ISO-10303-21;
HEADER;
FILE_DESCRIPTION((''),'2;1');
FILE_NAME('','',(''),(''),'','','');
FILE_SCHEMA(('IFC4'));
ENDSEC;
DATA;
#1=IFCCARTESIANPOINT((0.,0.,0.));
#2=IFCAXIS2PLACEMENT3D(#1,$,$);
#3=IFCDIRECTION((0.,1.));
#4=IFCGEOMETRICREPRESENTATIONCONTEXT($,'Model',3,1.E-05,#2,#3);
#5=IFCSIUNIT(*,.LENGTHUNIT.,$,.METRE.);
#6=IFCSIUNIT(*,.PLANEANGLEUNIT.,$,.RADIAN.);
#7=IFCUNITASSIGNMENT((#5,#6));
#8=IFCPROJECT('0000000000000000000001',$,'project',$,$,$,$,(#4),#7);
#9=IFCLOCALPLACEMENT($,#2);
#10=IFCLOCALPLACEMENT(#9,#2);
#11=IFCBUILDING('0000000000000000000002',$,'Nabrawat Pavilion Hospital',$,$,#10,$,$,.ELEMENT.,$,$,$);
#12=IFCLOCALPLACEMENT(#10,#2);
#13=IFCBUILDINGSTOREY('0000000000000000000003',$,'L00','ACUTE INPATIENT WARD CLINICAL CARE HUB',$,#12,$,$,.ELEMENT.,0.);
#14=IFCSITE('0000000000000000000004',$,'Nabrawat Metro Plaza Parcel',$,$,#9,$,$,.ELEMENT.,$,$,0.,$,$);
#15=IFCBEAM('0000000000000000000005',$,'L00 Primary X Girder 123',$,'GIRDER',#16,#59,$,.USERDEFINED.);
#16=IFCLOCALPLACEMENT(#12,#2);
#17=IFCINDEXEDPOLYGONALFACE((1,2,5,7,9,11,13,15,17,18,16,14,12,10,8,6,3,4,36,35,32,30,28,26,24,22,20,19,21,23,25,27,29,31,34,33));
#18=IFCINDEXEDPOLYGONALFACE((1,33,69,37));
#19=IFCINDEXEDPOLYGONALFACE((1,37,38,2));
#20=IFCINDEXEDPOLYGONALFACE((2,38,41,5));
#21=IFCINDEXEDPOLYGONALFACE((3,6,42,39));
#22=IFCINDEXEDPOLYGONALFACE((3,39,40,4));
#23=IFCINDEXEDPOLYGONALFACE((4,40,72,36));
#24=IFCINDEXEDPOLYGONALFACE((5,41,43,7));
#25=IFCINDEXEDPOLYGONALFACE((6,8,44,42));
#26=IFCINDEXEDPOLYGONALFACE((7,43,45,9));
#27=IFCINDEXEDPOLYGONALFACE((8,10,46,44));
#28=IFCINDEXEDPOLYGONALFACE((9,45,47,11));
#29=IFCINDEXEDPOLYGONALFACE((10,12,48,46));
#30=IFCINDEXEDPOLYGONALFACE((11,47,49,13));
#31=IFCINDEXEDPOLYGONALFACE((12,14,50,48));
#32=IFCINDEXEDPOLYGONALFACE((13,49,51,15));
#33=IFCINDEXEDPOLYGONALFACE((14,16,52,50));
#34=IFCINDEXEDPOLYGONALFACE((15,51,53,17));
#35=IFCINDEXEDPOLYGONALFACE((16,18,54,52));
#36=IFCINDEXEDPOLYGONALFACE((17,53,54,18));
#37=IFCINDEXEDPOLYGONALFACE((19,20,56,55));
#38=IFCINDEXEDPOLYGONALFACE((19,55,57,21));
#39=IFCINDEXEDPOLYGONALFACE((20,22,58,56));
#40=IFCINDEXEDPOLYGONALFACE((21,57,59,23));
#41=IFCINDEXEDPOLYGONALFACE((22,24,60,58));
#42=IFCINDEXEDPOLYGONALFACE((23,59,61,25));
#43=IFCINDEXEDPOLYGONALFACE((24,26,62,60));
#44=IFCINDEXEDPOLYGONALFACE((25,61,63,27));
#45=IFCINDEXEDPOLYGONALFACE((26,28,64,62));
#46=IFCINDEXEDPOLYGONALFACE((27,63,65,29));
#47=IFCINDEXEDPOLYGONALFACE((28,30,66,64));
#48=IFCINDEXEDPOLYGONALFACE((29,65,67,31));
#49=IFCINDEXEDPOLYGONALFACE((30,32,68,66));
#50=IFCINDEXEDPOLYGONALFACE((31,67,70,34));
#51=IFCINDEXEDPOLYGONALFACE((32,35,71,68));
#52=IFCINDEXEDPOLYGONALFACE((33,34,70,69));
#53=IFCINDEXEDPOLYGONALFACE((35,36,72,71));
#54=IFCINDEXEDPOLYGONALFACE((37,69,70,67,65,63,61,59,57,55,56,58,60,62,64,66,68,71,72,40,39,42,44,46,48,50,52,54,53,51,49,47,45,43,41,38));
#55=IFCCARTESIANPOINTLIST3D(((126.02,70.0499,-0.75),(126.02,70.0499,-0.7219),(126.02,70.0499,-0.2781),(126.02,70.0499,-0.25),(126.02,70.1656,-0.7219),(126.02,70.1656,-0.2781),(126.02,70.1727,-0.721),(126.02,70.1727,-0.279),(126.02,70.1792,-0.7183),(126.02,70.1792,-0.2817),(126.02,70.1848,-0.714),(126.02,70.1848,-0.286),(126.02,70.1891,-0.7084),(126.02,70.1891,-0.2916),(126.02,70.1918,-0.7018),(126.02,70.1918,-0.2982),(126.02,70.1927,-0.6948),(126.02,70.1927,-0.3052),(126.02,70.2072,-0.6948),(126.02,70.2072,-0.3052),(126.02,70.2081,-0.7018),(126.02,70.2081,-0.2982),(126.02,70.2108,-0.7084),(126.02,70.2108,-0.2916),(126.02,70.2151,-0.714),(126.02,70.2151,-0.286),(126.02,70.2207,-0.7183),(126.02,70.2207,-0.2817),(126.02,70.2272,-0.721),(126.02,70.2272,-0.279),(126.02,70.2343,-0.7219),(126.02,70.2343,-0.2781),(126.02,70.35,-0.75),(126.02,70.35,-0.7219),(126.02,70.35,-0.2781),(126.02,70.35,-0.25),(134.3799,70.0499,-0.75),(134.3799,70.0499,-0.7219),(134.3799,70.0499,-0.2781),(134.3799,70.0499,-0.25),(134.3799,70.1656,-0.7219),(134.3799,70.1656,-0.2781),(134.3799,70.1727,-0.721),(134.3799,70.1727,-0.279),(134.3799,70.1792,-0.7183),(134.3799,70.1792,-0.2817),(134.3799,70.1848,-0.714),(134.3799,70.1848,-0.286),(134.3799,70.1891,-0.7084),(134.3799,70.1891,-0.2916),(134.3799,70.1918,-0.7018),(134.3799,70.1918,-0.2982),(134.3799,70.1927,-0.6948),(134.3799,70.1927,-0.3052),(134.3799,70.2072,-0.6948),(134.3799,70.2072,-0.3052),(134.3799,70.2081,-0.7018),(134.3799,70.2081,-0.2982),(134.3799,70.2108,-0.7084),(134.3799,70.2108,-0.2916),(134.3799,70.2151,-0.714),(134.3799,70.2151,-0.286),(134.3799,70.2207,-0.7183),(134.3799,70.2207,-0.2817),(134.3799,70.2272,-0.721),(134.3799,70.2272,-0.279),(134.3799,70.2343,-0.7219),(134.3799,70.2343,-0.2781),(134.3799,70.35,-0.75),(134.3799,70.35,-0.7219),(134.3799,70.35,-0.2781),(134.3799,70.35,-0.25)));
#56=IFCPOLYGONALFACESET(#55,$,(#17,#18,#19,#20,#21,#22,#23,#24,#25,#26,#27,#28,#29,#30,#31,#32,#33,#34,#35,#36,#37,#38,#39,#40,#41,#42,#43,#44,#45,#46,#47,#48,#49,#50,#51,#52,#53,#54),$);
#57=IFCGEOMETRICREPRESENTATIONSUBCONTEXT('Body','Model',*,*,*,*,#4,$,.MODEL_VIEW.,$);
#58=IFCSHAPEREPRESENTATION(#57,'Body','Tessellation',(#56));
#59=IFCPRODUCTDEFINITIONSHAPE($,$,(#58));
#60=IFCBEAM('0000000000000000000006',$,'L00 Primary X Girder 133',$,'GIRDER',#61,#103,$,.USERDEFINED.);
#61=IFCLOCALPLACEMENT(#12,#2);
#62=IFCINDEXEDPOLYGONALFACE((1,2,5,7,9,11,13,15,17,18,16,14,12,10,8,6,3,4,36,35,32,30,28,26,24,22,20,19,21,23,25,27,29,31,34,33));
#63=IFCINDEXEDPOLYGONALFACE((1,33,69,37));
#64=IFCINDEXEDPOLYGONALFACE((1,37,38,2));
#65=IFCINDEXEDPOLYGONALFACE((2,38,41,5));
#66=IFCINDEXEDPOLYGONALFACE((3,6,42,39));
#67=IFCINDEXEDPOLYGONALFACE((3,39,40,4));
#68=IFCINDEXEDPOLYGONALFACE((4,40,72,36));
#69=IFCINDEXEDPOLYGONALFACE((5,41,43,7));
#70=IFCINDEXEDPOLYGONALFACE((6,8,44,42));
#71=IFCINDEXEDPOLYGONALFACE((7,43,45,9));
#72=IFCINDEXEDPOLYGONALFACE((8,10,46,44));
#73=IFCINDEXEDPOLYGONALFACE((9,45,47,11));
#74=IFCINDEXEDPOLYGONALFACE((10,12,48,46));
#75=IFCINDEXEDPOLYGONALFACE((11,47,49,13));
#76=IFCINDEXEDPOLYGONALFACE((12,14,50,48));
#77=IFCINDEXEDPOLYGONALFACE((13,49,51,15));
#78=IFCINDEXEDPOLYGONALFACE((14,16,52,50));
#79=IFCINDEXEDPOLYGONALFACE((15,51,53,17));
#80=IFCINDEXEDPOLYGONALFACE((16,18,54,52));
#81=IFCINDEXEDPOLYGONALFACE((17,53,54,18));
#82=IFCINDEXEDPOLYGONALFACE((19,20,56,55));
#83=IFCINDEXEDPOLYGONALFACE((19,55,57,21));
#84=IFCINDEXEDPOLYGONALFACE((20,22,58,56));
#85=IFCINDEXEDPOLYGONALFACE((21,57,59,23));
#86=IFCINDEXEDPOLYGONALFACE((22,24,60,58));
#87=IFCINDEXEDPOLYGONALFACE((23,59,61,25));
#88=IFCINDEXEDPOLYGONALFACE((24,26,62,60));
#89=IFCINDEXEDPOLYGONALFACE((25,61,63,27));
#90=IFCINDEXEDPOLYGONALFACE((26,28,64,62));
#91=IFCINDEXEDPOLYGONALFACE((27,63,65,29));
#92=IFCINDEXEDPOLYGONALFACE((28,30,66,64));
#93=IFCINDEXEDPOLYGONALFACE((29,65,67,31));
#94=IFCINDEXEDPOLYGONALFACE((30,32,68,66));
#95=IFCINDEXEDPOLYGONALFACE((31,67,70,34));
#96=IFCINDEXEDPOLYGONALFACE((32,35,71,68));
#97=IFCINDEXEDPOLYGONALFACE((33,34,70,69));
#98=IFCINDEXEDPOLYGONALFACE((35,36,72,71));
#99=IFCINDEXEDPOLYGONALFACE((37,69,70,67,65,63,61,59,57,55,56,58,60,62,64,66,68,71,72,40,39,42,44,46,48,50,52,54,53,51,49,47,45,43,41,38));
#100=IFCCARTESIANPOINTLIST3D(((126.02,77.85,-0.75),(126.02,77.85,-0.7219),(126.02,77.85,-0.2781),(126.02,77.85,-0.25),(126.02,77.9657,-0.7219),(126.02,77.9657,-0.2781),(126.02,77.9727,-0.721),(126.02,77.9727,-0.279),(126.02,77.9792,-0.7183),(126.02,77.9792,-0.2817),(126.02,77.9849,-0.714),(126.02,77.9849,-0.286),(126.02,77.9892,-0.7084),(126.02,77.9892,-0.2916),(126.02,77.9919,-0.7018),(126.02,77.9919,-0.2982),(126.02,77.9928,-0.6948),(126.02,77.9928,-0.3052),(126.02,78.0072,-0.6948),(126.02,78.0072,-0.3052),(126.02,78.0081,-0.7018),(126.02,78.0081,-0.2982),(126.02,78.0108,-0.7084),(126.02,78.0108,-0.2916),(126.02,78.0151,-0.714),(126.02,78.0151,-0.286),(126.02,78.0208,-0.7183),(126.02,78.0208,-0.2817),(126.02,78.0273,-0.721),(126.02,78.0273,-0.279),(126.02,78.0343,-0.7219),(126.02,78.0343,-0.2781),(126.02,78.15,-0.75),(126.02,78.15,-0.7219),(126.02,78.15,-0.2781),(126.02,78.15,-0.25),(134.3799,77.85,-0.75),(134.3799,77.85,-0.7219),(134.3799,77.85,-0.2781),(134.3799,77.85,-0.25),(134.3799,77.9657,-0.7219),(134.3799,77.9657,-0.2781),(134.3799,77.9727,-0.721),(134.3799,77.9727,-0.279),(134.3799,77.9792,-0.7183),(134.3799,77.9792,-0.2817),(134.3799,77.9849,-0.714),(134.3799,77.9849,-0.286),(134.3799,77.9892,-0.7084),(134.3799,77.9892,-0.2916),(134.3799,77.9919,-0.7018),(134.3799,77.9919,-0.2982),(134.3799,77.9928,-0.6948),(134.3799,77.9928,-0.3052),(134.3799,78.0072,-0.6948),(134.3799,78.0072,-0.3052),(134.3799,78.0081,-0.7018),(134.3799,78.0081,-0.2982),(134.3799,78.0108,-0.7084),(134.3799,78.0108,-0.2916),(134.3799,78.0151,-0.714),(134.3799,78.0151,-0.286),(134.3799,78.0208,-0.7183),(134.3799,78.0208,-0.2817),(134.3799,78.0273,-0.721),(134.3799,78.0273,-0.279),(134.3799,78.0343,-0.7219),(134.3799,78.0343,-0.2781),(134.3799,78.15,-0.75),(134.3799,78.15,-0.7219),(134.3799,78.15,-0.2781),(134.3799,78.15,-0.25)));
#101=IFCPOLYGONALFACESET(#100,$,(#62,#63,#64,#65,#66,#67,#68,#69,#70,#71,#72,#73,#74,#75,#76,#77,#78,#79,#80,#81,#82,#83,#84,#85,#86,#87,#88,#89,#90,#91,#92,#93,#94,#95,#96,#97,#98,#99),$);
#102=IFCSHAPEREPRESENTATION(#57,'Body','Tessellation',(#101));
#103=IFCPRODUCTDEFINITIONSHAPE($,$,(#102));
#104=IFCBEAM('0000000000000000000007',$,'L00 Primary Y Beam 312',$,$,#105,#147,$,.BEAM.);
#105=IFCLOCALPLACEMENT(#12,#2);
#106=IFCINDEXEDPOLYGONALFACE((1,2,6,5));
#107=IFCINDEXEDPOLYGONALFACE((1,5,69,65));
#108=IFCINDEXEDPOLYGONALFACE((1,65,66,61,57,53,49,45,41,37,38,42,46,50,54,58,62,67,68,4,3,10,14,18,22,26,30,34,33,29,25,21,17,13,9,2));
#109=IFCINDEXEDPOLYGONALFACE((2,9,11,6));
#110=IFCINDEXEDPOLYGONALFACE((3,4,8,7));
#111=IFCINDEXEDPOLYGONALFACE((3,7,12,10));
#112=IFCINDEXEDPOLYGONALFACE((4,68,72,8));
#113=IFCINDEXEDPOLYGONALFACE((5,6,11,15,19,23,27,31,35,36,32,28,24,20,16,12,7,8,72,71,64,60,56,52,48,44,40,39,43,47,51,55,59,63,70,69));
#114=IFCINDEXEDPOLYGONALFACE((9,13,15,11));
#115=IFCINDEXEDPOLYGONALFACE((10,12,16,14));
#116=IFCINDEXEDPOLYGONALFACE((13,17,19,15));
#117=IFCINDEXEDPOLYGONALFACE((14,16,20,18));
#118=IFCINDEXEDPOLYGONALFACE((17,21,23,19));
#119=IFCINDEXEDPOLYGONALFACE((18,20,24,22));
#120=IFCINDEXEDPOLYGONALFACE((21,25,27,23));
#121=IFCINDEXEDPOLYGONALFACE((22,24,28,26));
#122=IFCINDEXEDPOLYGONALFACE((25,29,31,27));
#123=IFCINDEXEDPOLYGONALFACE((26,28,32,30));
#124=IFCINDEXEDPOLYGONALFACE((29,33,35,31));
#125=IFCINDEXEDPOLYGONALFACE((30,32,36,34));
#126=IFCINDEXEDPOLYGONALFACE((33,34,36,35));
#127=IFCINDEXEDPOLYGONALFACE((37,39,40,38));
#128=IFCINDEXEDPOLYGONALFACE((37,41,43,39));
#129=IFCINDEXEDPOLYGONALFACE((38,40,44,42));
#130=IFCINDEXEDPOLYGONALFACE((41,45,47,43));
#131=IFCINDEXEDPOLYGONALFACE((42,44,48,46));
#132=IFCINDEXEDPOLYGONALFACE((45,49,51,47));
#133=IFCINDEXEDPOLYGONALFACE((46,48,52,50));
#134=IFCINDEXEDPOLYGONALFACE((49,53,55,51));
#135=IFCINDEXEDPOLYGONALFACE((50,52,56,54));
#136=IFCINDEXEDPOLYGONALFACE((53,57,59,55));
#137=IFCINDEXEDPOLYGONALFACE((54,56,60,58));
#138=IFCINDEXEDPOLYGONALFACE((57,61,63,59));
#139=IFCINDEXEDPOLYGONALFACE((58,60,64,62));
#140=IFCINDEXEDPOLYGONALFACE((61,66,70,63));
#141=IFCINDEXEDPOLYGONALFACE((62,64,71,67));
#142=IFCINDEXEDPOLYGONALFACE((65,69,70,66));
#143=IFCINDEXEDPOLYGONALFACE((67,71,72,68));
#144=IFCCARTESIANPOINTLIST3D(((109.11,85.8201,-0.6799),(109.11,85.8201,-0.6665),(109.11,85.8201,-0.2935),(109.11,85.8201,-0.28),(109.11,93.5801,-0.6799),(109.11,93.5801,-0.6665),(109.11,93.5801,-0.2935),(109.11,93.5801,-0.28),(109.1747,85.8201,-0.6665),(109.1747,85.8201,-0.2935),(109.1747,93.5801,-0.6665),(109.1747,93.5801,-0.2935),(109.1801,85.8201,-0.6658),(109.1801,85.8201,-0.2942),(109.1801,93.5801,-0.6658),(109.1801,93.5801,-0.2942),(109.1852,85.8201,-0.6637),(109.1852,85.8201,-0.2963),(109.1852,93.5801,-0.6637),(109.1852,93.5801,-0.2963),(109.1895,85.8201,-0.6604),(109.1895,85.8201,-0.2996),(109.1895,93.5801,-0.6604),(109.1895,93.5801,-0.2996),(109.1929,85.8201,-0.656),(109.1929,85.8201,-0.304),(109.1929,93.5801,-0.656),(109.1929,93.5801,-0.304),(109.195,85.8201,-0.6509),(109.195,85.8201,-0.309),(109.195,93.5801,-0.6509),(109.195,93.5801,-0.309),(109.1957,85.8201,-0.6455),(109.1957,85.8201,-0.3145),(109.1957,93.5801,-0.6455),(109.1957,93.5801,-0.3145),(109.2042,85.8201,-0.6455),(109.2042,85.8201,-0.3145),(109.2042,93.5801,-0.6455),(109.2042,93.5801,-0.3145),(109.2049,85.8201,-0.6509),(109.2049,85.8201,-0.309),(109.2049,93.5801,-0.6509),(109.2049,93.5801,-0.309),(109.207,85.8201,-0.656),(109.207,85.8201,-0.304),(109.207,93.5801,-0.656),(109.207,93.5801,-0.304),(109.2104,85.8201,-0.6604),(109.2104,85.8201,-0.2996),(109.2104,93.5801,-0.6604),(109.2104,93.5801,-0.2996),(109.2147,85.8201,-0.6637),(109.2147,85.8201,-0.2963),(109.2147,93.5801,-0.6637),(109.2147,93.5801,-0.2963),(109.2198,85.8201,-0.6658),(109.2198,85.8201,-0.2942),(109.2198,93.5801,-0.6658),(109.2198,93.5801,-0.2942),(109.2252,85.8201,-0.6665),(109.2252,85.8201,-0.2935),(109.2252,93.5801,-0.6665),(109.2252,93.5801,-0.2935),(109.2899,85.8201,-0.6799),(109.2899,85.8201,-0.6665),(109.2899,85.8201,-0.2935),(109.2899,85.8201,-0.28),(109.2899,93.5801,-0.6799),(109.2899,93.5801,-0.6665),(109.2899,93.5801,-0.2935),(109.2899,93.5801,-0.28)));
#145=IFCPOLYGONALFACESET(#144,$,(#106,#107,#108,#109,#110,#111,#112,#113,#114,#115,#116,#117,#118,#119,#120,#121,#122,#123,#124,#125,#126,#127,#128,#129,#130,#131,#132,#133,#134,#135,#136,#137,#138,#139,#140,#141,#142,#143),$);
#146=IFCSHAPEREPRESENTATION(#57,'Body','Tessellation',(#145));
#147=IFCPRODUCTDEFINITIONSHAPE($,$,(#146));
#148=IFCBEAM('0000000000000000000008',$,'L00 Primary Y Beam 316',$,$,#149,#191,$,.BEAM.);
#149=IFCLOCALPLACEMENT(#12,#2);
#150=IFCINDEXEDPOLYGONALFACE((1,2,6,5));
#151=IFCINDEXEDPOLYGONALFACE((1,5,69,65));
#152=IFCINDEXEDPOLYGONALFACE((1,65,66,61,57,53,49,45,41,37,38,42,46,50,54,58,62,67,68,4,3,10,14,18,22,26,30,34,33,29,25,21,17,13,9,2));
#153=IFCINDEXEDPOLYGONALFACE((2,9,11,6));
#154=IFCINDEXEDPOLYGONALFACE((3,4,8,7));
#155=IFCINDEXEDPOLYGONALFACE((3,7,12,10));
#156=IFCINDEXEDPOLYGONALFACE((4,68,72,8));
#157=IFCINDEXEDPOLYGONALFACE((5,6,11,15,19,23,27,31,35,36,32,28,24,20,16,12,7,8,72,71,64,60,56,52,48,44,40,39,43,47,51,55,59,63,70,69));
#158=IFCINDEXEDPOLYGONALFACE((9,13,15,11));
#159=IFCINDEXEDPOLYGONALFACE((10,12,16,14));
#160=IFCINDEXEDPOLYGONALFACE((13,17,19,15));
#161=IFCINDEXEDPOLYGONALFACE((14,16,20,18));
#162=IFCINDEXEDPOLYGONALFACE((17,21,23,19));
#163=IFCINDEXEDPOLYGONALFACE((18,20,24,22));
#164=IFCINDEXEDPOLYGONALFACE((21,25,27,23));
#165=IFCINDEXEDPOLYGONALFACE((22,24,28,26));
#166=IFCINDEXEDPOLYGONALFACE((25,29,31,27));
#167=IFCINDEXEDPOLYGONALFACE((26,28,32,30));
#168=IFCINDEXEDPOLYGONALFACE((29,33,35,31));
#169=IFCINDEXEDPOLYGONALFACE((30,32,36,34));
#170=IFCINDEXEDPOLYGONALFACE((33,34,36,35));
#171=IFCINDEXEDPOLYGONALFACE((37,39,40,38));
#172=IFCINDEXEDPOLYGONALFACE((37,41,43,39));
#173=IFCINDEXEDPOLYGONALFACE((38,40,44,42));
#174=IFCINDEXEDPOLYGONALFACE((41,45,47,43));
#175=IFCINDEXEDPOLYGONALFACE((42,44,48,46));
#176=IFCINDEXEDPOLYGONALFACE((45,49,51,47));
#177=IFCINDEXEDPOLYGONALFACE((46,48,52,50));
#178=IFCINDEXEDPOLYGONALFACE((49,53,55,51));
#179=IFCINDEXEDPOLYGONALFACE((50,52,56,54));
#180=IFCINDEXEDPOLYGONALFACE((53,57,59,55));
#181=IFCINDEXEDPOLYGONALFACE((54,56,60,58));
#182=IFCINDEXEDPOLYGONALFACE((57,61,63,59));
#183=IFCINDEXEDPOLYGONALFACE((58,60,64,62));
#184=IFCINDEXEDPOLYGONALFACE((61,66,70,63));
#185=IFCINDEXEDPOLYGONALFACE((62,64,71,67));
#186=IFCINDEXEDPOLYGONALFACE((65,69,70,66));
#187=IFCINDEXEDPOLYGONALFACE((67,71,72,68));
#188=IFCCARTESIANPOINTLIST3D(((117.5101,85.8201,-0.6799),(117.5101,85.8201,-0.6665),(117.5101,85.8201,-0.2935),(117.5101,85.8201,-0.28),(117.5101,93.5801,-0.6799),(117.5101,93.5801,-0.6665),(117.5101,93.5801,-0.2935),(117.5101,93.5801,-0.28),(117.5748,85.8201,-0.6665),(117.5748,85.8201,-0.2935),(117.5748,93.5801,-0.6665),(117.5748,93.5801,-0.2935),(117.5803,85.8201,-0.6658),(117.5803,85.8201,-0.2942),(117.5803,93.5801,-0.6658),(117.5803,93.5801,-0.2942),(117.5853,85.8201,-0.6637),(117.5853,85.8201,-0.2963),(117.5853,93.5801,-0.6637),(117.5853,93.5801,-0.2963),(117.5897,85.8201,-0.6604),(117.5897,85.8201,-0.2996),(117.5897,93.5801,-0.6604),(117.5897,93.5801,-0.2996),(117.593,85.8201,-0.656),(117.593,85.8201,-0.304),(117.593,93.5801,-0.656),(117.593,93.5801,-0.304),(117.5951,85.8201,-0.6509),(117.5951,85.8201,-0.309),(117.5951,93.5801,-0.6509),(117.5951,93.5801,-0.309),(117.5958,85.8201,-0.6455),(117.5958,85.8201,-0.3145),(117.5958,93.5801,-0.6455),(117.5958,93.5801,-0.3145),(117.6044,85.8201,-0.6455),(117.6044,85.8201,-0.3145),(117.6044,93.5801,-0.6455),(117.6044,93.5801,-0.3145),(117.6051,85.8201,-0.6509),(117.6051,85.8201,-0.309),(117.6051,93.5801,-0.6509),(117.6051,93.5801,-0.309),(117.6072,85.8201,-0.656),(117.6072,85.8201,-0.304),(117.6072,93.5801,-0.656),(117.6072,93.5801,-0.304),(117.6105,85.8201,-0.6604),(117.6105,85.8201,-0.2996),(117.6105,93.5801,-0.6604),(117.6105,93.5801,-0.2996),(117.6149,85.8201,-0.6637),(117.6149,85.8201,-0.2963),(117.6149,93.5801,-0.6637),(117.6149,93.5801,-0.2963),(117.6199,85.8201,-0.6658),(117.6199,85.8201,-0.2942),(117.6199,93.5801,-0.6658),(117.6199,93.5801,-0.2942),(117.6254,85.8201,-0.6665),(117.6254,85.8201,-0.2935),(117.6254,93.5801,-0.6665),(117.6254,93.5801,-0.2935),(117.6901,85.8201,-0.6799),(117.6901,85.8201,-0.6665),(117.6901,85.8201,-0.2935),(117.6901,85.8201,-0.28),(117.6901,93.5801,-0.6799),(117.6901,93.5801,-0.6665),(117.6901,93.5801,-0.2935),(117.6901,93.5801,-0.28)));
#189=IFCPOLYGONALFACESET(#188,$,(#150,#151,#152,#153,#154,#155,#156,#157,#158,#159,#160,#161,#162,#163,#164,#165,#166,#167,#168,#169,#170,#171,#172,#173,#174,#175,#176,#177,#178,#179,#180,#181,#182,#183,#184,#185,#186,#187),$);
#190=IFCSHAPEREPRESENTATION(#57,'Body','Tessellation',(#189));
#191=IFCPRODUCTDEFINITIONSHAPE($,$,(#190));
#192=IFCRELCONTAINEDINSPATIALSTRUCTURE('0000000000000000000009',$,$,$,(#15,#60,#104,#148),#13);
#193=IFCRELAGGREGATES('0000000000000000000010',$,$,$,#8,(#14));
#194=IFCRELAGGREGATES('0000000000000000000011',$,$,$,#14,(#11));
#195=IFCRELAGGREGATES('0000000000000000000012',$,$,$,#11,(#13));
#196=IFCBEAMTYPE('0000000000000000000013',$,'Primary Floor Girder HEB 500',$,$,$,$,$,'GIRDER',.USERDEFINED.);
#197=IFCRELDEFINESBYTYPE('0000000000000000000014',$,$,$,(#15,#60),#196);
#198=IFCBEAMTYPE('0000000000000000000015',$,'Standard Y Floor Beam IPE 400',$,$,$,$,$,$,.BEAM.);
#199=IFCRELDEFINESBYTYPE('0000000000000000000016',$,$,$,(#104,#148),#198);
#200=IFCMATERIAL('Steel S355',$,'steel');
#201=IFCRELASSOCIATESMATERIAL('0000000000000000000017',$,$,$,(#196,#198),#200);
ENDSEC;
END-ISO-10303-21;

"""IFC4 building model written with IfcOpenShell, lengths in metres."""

from ifc_helpers import new_model, si_unit, direction, frame, origin, origin_2d, place, context, subcontext, project, spatial, i_section, extrude, material, material_profile, profile_set, type_object, element, save


model = new_model("IFC4")

# Units and contexts
model_context = context("Model", 3, precision=1e-05, world=origin(), true_north=direction((0.0, 1.0)))
body_context = subcontext(model_context, "Body", "Model", "MODEL_VIEW")
ifc_project = project(units=[si_unit("LENGTHUNIT", "METRE"), si_unit("PLANEANGLEUNIT", "RADIAN")], contexts=[model_context])

# Site, building, storey
site_placement = place(None, origin())
site = spatial("IfcSite", under=ifc_project, at=site_placement, Name="Nabrawat Metro Plaza Parcel", CompositionType="ELEMENT", RefElevation=0.0)
building_placement = place(site_placement, origin())
building = spatial("IfcBuilding", under=site, at=building_placement, Name="Nabrawat Pavilion Hospital", CompositionType="ELEMENT")
storey_placement = place(building_placement, origin())
storey = spatial("IfcBuildingStorey", under=building, at=storey_placement, Name="L00", Description="ACUTE INPATIENT WARD CLINICAL CARE HUB", CompositionType="ELEMENT", Elevation=0.0)

# Shared definitions
ifc_material_1 = material(Name="Steel S355", Category="steel")

# Beams
ifc_material_profile_1 = material_profile(ifc_material_1, i_section(OverallWidth=0.3, OverallDepth=0.5, WebThickness=0.0144, FlangeThickness=0.0281, FilletRadius=0.0271, at=origin_2d()), Name="HEB 500")
ifc_profile_set_1 = profile_set([ifc_material_profile_1], Name="Steel S355")
beam_type_1 = type_object("IfcBeamType", Name="Primary Floor Girder HEB 500", ElementType="GIRDER", PredefinedType="USERDEFINED", material=ifc_profile_set_1)
for number, where, z_axis, x_axis, name in (
    (1, (126.02, 70.2, -0.5), (1.0, 0.0, 0.0), (0.0, 1.0, 0.0), "L00 Primary X Girder 123"),
    (2, (126.02, 78.0, -0.5), (1.0, 0.0, 0.0), (0.0, 1.0, 0.0), "L00 Primary X Girder 133"),
):
    element("IfcBeam", number, at=place(storey_placement, frame(where, z_axis=z_axis, x_axis=x_axis)), inside=storey, type_object=beam_type_1, Name=name, ObjectType="GIRDER", PredefinedType="USERDEFINED", context=body_context, shape_type="SweptSolid", body=[
        extrude(i_section(OverallWidth=0.3, OverallDepth=0.5, WebThickness=0.0144, FlangeThickness=0.0281, FilletRadius=0.0271, at=origin_2d()), origin(), (0.0, 0.0, 1.0), 8.3599),
    ])
ifc_material_profile_2 = material_profile(ifc_material_1, i_section(OverallWidth=0.1799, OverallDepth=0.3999, WebThickness=0.0085, FlangeThickness=0.0134, FilletRadius=0.021, at=origin_2d()), Name="IPE 400")
ifc_profile_set_2 = profile_set([ifc_material_profile_2], Name="Steel S355")
beam_type_2 = type_object("IfcBeamType", Name="Standard Y Floor Beam IPE 400", PredefinedType="BEAM", material=ifc_profile_set_2)
for number, where, z_axis, x_axis, name in (
    (3, (109.2, 85.8201, -0.48), (0.0, 1.0, 0.0), (-1.0, 0.0, 0.0), "L00 Primary Y Beam 312"),
    (4, (117.6001, 85.8201, -0.48), (0.0, 1.0, 0.0), (-1.0, 0.0, 0.0), "L00 Primary Y Beam 316"),
):
    element("IfcBeam", number, at=place(storey_placement, frame(where, z_axis=z_axis, x_axis=x_axis)), inside=storey, type_object=beam_type_2, Name=name, PredefinedType="BEAM", context=body_context, shape_type="SweptSolid", body=[
        extrude(i_section(OverallWidth=0.1799, OverallDepth=0.3999, WebThickness=0.0085, FlangeThickness=0.0134, FilletRadius=0.021, at=origin_2d()), origin(), (0.0, 0.0, 1.0), 7.76),
    ])

save(model, "model.ifc")
